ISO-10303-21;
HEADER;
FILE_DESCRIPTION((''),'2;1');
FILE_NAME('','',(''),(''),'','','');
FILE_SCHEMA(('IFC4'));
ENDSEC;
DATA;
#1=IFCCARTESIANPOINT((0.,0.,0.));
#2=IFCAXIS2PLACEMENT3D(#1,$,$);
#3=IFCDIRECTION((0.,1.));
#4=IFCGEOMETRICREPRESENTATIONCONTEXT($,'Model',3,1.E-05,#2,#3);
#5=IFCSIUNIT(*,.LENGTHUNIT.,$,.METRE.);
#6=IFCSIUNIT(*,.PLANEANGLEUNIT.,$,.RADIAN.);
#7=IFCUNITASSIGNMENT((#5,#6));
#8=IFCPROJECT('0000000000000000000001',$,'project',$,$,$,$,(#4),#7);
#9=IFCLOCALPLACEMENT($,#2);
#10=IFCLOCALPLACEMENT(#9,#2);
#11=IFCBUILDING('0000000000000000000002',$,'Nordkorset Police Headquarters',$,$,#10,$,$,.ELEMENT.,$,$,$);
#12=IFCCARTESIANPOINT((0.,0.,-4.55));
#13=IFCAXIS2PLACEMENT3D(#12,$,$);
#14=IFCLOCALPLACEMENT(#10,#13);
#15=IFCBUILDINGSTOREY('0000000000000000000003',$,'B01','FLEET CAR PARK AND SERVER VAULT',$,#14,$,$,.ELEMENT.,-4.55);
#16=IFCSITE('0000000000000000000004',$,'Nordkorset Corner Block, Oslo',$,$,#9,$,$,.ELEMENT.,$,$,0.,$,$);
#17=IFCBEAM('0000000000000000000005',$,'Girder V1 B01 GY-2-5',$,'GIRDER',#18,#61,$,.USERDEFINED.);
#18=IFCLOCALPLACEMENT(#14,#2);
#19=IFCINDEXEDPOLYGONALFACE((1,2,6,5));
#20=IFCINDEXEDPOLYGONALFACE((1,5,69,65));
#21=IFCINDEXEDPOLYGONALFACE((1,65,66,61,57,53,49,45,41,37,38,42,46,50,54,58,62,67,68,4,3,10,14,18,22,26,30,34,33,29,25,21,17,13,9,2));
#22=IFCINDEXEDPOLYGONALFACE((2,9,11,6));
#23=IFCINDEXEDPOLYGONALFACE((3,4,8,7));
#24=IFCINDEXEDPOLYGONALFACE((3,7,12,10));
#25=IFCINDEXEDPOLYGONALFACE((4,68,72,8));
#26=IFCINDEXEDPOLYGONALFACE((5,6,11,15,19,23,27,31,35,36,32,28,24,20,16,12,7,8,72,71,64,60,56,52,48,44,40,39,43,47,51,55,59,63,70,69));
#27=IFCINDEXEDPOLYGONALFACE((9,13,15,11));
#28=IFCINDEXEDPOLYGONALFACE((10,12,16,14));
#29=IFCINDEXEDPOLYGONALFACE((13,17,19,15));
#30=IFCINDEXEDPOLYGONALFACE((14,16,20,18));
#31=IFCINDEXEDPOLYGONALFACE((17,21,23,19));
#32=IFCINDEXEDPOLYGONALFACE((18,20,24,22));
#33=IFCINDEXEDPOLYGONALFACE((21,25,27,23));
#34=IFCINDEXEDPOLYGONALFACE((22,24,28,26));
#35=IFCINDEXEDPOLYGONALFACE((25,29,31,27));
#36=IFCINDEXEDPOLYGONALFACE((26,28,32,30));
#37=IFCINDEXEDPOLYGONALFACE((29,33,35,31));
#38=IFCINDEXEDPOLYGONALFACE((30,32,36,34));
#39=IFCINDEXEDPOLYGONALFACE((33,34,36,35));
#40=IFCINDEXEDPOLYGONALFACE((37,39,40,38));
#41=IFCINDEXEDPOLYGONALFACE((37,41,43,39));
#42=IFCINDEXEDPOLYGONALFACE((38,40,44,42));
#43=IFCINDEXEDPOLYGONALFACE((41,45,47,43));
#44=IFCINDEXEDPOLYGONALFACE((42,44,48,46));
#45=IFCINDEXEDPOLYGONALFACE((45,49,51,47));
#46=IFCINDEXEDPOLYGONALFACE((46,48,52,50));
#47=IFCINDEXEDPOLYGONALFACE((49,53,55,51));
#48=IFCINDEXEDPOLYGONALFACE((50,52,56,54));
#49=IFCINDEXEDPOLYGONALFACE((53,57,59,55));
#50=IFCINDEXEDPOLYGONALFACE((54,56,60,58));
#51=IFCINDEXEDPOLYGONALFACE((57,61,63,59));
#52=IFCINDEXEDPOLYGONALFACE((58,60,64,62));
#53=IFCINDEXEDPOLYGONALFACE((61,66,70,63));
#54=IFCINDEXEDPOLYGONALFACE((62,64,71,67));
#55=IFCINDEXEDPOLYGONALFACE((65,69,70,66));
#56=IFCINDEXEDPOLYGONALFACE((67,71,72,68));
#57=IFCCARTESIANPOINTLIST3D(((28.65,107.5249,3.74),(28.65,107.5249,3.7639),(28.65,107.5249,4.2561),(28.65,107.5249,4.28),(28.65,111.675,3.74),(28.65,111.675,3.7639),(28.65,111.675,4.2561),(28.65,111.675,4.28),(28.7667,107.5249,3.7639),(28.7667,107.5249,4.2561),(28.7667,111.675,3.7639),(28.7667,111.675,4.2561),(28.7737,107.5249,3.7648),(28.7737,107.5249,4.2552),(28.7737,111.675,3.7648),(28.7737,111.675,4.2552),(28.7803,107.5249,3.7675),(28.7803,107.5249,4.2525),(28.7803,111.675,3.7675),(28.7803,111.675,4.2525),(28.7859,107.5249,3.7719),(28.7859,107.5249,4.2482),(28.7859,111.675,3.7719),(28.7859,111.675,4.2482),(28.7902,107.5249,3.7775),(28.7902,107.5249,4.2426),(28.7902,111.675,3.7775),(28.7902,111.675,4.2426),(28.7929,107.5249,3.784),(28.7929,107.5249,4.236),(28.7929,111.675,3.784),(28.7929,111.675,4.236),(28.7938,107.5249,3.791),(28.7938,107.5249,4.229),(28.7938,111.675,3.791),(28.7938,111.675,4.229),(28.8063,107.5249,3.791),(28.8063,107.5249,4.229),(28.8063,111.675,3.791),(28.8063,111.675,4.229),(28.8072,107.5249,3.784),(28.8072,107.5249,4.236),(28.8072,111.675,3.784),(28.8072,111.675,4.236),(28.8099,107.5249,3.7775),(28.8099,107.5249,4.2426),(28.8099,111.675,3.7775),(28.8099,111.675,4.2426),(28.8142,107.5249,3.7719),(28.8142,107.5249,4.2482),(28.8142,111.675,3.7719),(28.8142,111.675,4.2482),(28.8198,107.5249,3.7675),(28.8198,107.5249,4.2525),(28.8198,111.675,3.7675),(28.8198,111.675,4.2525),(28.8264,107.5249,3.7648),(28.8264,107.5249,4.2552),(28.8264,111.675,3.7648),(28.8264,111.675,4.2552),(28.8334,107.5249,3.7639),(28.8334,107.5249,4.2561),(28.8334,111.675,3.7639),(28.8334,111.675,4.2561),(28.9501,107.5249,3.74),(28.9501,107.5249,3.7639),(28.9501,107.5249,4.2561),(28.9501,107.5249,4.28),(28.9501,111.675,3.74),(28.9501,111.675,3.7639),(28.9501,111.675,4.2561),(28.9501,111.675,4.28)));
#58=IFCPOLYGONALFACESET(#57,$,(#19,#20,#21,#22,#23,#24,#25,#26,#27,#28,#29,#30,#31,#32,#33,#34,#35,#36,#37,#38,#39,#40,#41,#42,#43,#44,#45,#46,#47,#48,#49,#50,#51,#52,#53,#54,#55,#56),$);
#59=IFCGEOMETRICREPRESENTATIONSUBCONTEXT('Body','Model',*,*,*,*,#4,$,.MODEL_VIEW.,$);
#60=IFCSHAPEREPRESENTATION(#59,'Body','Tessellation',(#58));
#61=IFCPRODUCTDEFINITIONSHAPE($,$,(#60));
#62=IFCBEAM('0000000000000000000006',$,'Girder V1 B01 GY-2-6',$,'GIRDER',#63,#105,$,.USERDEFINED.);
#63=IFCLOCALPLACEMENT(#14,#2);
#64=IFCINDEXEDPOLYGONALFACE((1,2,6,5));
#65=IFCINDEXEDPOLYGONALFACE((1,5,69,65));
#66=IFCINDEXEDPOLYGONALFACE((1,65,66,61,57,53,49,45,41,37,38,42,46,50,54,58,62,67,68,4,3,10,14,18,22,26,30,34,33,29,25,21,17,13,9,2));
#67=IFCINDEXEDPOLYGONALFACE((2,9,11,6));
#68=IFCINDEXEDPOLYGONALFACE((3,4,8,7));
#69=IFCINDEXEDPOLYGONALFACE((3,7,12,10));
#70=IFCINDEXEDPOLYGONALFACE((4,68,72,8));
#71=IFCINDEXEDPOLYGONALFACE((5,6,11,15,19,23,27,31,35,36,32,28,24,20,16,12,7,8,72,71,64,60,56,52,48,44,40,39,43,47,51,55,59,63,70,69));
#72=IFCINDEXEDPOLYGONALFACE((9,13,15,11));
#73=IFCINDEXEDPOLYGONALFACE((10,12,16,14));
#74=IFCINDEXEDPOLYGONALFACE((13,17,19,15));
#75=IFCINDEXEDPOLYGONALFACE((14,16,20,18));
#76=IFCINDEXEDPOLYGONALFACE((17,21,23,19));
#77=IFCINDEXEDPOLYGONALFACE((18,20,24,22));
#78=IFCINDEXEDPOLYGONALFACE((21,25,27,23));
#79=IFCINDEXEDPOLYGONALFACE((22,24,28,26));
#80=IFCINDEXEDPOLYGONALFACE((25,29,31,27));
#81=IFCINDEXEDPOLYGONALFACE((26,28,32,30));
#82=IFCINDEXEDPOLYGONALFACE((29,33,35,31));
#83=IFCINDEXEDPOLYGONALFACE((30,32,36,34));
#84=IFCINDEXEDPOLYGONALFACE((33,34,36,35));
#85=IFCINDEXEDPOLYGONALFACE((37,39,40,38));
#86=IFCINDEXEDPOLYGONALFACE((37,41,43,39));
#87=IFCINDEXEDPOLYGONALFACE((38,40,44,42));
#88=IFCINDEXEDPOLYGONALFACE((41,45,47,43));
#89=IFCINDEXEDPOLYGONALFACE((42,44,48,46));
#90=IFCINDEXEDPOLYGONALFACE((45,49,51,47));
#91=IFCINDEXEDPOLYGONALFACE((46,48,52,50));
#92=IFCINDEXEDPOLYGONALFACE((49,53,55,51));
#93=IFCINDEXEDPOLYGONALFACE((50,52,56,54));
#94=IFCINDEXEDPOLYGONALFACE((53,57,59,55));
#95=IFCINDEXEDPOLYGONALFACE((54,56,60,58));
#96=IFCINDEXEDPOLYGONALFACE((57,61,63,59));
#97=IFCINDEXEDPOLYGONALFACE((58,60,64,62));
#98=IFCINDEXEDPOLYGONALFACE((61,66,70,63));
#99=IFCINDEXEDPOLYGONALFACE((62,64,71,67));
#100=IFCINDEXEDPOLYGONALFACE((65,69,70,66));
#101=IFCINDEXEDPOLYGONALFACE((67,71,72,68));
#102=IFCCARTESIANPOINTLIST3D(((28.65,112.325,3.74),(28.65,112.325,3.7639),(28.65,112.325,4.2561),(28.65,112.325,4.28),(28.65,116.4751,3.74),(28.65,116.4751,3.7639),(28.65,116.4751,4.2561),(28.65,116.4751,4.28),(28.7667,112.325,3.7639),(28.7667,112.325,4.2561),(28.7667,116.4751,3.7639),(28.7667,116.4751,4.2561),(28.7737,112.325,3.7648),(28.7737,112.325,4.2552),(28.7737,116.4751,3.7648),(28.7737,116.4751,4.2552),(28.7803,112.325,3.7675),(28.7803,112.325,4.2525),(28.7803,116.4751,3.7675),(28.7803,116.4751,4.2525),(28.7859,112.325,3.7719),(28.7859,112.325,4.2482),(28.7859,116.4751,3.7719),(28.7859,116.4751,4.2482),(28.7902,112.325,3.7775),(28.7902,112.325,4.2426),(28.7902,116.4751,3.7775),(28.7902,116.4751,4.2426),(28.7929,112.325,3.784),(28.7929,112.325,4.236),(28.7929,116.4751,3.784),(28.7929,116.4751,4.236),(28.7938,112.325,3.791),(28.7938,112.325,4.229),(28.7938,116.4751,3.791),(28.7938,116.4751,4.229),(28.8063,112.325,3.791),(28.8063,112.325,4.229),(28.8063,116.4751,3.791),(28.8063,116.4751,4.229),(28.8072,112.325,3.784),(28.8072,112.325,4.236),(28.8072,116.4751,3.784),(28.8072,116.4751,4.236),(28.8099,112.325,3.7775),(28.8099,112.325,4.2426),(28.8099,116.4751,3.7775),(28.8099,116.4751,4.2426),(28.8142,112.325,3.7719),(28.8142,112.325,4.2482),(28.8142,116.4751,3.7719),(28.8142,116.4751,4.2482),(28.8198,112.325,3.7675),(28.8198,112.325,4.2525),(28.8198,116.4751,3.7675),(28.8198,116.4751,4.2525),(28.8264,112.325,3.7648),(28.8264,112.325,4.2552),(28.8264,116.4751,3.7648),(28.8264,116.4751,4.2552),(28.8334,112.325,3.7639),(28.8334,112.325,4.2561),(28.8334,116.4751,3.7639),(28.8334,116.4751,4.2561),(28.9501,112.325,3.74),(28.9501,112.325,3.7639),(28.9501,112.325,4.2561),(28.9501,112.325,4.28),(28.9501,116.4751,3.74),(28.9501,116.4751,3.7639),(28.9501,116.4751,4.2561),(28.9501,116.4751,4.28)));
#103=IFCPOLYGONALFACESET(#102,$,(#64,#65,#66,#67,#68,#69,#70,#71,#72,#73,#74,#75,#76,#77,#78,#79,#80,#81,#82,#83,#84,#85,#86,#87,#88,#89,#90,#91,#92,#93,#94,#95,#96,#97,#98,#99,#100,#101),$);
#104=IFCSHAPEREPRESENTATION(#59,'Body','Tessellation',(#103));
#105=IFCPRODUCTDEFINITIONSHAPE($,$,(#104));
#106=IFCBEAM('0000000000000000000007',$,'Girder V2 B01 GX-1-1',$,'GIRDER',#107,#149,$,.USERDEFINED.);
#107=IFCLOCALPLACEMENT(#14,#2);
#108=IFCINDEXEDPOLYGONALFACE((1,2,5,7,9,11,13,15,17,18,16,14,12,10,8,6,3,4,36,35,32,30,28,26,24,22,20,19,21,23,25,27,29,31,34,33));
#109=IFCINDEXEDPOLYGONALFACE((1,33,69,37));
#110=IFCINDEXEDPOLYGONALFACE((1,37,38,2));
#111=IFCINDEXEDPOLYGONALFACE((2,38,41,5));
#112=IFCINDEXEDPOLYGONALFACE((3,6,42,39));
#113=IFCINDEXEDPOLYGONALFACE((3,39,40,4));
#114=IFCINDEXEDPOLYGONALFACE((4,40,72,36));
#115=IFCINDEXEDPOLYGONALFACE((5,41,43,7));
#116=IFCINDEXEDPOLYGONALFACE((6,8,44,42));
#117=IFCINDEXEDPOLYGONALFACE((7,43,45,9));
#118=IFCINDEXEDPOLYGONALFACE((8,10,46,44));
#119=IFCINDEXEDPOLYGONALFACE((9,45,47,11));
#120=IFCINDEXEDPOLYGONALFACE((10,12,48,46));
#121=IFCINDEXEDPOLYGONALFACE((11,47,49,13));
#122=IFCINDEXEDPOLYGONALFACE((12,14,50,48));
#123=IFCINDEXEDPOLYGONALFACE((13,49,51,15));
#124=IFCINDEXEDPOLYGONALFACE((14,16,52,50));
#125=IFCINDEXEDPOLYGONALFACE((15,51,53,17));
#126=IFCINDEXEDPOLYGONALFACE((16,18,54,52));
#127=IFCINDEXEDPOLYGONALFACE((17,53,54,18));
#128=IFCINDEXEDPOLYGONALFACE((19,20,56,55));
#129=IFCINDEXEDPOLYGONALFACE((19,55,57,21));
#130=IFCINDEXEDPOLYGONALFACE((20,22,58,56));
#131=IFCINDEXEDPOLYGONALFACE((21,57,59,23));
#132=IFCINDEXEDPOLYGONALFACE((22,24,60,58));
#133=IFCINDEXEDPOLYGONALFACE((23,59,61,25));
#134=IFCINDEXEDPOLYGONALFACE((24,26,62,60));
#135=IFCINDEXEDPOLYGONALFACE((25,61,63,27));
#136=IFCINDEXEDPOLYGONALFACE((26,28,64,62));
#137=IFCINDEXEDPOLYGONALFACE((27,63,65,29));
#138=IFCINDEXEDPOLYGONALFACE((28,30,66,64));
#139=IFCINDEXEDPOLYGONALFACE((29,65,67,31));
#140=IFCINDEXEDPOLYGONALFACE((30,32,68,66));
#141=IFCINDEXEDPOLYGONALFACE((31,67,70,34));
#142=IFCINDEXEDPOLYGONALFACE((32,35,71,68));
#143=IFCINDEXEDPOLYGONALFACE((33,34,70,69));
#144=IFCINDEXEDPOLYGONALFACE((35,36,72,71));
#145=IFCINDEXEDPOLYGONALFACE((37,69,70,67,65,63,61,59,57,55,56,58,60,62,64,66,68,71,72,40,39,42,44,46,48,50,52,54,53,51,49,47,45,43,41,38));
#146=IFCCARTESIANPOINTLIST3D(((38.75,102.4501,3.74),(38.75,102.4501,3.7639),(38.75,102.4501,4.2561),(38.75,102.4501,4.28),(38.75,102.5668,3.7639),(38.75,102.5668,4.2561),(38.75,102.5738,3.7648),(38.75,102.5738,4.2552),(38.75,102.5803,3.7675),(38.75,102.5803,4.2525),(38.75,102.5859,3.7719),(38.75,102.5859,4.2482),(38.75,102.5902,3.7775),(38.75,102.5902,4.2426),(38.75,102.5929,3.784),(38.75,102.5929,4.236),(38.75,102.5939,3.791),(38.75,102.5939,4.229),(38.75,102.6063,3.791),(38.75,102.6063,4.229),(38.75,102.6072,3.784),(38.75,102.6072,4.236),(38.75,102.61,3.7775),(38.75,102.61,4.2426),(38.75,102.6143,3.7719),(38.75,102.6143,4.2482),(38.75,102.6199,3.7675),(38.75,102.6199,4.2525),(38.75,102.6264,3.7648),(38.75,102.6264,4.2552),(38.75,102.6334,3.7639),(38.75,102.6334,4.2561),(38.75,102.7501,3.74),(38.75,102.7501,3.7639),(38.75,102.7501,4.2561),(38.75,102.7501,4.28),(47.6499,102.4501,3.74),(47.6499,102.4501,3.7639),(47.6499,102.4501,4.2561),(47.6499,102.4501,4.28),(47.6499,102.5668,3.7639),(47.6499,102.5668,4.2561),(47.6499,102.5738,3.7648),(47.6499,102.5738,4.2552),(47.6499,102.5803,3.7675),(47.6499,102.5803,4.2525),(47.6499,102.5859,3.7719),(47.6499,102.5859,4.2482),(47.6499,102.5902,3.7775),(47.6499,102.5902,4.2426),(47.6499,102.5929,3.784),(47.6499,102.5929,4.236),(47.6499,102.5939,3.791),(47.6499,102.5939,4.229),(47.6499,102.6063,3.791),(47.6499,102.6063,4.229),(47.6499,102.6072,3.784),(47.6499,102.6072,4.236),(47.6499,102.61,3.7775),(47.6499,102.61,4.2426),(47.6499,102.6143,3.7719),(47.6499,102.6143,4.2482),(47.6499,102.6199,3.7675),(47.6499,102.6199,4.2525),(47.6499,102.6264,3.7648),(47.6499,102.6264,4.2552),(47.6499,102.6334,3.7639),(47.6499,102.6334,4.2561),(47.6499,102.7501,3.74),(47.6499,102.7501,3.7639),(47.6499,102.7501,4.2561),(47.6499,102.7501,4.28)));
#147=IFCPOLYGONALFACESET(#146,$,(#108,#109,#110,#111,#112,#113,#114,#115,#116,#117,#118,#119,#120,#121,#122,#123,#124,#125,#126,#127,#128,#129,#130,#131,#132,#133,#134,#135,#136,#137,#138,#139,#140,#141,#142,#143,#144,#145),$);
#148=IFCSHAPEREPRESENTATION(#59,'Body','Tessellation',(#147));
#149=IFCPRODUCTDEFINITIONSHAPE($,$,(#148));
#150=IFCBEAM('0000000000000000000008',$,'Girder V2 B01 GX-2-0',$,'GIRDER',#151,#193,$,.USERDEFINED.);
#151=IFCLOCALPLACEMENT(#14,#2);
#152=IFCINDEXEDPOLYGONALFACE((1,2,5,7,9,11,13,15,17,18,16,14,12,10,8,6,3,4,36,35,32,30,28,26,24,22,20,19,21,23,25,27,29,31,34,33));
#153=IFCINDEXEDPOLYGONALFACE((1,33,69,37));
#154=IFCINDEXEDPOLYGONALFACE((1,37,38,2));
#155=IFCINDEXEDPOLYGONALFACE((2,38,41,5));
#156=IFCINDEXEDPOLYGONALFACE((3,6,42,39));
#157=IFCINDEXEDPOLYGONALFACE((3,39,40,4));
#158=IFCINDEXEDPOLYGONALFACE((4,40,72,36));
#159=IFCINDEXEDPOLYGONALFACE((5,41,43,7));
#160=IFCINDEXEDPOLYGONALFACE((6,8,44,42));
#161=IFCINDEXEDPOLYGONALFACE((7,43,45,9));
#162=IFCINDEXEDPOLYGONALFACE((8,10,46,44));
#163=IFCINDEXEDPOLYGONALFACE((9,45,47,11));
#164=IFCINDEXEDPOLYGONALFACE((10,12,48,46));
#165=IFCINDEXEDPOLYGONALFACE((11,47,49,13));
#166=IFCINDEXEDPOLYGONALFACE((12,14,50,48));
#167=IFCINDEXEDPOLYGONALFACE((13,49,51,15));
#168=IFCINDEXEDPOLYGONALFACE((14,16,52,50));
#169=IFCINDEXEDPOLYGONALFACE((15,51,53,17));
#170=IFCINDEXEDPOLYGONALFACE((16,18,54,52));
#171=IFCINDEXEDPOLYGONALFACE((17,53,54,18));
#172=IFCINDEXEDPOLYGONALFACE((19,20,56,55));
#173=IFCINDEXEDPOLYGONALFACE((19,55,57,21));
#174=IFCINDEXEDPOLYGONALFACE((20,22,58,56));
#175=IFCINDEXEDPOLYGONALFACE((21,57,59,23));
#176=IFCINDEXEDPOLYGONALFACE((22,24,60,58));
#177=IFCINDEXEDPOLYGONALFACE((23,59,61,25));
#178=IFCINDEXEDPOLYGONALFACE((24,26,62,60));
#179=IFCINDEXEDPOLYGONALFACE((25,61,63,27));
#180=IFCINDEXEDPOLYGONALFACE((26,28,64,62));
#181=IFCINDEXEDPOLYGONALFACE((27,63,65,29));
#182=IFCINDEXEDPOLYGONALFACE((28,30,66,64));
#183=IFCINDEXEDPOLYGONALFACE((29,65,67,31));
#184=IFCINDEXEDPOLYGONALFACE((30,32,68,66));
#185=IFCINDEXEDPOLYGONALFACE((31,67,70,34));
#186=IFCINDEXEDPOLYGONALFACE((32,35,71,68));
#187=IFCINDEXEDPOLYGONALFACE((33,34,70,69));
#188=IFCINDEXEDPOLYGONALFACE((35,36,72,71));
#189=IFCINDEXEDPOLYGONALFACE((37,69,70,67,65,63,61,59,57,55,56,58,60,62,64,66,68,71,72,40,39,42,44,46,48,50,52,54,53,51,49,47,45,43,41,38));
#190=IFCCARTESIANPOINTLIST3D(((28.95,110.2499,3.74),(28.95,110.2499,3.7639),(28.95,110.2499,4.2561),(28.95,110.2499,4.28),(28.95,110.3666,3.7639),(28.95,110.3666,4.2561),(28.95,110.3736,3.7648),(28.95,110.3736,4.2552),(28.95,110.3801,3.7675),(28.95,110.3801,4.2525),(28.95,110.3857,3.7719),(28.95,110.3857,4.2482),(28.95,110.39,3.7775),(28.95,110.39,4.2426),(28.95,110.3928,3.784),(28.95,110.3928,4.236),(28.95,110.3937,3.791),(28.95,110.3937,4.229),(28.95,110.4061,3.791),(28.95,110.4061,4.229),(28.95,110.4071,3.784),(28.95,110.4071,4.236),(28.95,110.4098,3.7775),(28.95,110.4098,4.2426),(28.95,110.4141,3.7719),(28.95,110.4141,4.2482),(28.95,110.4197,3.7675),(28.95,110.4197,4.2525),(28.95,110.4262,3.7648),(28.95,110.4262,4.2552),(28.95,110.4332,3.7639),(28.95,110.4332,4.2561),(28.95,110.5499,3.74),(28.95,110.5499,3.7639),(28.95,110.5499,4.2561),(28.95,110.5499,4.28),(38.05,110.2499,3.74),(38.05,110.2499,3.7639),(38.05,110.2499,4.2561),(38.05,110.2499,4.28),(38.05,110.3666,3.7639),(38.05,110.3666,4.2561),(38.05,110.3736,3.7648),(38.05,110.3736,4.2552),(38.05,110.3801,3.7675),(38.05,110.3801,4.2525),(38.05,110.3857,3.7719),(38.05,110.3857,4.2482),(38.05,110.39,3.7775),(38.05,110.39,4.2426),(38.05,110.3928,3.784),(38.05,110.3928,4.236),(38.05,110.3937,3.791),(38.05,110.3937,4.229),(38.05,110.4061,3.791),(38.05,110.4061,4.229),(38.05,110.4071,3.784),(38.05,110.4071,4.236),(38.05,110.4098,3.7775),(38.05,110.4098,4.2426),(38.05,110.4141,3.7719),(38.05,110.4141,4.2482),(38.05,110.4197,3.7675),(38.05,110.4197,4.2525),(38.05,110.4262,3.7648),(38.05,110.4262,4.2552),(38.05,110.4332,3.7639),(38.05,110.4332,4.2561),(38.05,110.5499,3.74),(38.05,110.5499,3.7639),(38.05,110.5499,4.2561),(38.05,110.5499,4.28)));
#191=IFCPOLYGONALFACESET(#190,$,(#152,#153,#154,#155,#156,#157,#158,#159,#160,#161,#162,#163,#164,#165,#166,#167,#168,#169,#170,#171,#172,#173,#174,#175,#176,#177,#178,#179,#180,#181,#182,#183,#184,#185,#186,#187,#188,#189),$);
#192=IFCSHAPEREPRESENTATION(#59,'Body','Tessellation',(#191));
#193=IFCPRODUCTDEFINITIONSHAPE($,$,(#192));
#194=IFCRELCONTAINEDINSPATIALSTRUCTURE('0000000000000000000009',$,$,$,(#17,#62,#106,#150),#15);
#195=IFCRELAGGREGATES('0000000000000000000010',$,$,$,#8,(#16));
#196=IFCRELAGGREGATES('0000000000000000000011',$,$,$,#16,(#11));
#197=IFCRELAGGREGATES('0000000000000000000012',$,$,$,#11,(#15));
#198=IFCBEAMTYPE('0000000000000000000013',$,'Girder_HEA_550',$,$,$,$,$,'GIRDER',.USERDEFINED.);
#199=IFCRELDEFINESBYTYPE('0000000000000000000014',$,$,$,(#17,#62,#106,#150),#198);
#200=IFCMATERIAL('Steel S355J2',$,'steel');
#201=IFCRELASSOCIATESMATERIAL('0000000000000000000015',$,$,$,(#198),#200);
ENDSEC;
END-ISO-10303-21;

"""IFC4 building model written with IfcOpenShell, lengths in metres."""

from ifc_helpers import new_model, si_unit, direction, frame, origin, origin_2d, place, context, subcontext, project, spatial, i_section, extrude, material, material_profile, profile_set, type_object, element, save


model = new_model("IFC4")

# Units and contexts
model_context = context("Model", 3, precision=1e-05, world=origin(), true_north=direction((0.0, 1.0)))
body_context = subcontext(model_context, "Body", "Model", "MODEL_VIEW")
ifc_project = project(units=[si_unit("LENGTHUNIT", "METRE"), si_unit("PLANEANGLEUNIT", "RADIAN")], contexts=[model_context])

# Site, building, storey
site_placement = place(None, origin())
site = spatial("IfcSite", under=ifc_project, at=site_placement, Name="Nordkorset Corner Block, Oslo", CompositionType="ELEMENT", RefElevation=0.0)
building_placement = place(site_placement, origin())
building = spatial("IfcBuilding", under=site, at=building_placement, Name="Nordkorset Police Headquarters", CompositionType="ELEMENT")
storey_placement = place(building_placement, frame((0.0, 0.0, -4.55)))
storey = spatial("IfcBuildingStorey", under=building, at=storey_placement, Name="B01", Description="FLEET CAR PARK AND SERVER VAULT", CompositionType="ELEMENT", Elevation=-4.55)

# Beams
ifc_material_1 = material(Name="Steel S355J2", Category="steel")
ifc_material_profile_1 = material_profile(ifc_material_1, i_section(OverallWidth=0.3, OverallDepth=0.54, WebThickness=0.0125, FlangeThickness=0.0239, FilletRadius=0.0271, at=origin_2d()), Name="HEA 550")
ifc_profile_set_1 = profile_set([ifc_material_profile_1], Name="Steel S355J2")
beam_type_1 = type_object("IfcBeamType", Name="Girder_HEA_550", ElementType="GIRDER", PredefinedType="USERDEFINED", material=ifc_profile_set_1)
for number, where, z_axis, x_axis, name in (
    (1, (28.8, 107.5249, 4.01), (0.0, 1.0, 0.0), (-1.0, 0.0, 0.0), "Girder V1 B01 GY-2-5"),
    (2, (28.8, 112.325, 4.01), (0.0, 1.0, 0.0), (-1.0, 0.0, 0.0), "Girder V1 B01 GY-2-6"),
):
    element("IfcBeam", number, at=place(storey_placement, frame(where, z_axis=z_axis, x_axis=x_axis)), inside=storey, type_object=beam_type_1, Name=name, ObjectType="GIRDER", PredefinedType="USERDEFINED", context=body_context, shape_type="SweptSolid", body=[
        extrude(i_section(OverallWidth=0.3, OverallDepth=0.54, WebThickness=0.0125, FlangeThickness=0.0239, FilletRadius=0.0271, at=origin_2d()), origin(), (0.0, 0.0, 1.0), 4.1501),
    ])
beam_1_placement = place(storey_placement, frame((38.75, 102.6001, 4.01), z_axis=(1.0, 0.0, 0.0), x_axis=(0.0, 1.0, 0.0)))
element("IfcBeam", 3, at=beam_1_placement, inside=storey, type_object=beam_type_1, Name="Girder V2 B01 GX-1-1", ObjectType="GIRDER", PredefinedType="USERDEFINED", context=body_context, shape_type="SweptSolid", body=[
    extrude(i_section(OverallWidth=0.3, OverallDepth=0.54, WebThickness=0.0125, FlangeThickness=0.0239, FilletRadius=0.0271, at=origin_2d()), origin(), (0.0, 0.0, 1.0), 8.8999),
])
beam_2_placement = place(storey_placement, frame((28.95, 110.3999, 4.01), z_axis=(1.0, 0.0, 0.0), x_axis=(0.0, 1.0, 0.0)))
element("IfcBeam", 4, at=beam_2_placement, inside=storey, type_object=beam_type_1, Name="Girder V2 B01 GX-2-0", ObjectType="GIRDER", PredefinedType="USERDEFINED", context=body_context, shape_type="SweptSolid", body=[
    extrude(i_section(OverallWidth=0.3, OverallDepth=0.54, WebThickness=0.0125, FlangeThickness=0.0239, FilletRadius=0.0271, at=origin_2d()), origin(), (0.0, 0.0, 1.0), 9.1001),
])

save(model, "model.ifc")
